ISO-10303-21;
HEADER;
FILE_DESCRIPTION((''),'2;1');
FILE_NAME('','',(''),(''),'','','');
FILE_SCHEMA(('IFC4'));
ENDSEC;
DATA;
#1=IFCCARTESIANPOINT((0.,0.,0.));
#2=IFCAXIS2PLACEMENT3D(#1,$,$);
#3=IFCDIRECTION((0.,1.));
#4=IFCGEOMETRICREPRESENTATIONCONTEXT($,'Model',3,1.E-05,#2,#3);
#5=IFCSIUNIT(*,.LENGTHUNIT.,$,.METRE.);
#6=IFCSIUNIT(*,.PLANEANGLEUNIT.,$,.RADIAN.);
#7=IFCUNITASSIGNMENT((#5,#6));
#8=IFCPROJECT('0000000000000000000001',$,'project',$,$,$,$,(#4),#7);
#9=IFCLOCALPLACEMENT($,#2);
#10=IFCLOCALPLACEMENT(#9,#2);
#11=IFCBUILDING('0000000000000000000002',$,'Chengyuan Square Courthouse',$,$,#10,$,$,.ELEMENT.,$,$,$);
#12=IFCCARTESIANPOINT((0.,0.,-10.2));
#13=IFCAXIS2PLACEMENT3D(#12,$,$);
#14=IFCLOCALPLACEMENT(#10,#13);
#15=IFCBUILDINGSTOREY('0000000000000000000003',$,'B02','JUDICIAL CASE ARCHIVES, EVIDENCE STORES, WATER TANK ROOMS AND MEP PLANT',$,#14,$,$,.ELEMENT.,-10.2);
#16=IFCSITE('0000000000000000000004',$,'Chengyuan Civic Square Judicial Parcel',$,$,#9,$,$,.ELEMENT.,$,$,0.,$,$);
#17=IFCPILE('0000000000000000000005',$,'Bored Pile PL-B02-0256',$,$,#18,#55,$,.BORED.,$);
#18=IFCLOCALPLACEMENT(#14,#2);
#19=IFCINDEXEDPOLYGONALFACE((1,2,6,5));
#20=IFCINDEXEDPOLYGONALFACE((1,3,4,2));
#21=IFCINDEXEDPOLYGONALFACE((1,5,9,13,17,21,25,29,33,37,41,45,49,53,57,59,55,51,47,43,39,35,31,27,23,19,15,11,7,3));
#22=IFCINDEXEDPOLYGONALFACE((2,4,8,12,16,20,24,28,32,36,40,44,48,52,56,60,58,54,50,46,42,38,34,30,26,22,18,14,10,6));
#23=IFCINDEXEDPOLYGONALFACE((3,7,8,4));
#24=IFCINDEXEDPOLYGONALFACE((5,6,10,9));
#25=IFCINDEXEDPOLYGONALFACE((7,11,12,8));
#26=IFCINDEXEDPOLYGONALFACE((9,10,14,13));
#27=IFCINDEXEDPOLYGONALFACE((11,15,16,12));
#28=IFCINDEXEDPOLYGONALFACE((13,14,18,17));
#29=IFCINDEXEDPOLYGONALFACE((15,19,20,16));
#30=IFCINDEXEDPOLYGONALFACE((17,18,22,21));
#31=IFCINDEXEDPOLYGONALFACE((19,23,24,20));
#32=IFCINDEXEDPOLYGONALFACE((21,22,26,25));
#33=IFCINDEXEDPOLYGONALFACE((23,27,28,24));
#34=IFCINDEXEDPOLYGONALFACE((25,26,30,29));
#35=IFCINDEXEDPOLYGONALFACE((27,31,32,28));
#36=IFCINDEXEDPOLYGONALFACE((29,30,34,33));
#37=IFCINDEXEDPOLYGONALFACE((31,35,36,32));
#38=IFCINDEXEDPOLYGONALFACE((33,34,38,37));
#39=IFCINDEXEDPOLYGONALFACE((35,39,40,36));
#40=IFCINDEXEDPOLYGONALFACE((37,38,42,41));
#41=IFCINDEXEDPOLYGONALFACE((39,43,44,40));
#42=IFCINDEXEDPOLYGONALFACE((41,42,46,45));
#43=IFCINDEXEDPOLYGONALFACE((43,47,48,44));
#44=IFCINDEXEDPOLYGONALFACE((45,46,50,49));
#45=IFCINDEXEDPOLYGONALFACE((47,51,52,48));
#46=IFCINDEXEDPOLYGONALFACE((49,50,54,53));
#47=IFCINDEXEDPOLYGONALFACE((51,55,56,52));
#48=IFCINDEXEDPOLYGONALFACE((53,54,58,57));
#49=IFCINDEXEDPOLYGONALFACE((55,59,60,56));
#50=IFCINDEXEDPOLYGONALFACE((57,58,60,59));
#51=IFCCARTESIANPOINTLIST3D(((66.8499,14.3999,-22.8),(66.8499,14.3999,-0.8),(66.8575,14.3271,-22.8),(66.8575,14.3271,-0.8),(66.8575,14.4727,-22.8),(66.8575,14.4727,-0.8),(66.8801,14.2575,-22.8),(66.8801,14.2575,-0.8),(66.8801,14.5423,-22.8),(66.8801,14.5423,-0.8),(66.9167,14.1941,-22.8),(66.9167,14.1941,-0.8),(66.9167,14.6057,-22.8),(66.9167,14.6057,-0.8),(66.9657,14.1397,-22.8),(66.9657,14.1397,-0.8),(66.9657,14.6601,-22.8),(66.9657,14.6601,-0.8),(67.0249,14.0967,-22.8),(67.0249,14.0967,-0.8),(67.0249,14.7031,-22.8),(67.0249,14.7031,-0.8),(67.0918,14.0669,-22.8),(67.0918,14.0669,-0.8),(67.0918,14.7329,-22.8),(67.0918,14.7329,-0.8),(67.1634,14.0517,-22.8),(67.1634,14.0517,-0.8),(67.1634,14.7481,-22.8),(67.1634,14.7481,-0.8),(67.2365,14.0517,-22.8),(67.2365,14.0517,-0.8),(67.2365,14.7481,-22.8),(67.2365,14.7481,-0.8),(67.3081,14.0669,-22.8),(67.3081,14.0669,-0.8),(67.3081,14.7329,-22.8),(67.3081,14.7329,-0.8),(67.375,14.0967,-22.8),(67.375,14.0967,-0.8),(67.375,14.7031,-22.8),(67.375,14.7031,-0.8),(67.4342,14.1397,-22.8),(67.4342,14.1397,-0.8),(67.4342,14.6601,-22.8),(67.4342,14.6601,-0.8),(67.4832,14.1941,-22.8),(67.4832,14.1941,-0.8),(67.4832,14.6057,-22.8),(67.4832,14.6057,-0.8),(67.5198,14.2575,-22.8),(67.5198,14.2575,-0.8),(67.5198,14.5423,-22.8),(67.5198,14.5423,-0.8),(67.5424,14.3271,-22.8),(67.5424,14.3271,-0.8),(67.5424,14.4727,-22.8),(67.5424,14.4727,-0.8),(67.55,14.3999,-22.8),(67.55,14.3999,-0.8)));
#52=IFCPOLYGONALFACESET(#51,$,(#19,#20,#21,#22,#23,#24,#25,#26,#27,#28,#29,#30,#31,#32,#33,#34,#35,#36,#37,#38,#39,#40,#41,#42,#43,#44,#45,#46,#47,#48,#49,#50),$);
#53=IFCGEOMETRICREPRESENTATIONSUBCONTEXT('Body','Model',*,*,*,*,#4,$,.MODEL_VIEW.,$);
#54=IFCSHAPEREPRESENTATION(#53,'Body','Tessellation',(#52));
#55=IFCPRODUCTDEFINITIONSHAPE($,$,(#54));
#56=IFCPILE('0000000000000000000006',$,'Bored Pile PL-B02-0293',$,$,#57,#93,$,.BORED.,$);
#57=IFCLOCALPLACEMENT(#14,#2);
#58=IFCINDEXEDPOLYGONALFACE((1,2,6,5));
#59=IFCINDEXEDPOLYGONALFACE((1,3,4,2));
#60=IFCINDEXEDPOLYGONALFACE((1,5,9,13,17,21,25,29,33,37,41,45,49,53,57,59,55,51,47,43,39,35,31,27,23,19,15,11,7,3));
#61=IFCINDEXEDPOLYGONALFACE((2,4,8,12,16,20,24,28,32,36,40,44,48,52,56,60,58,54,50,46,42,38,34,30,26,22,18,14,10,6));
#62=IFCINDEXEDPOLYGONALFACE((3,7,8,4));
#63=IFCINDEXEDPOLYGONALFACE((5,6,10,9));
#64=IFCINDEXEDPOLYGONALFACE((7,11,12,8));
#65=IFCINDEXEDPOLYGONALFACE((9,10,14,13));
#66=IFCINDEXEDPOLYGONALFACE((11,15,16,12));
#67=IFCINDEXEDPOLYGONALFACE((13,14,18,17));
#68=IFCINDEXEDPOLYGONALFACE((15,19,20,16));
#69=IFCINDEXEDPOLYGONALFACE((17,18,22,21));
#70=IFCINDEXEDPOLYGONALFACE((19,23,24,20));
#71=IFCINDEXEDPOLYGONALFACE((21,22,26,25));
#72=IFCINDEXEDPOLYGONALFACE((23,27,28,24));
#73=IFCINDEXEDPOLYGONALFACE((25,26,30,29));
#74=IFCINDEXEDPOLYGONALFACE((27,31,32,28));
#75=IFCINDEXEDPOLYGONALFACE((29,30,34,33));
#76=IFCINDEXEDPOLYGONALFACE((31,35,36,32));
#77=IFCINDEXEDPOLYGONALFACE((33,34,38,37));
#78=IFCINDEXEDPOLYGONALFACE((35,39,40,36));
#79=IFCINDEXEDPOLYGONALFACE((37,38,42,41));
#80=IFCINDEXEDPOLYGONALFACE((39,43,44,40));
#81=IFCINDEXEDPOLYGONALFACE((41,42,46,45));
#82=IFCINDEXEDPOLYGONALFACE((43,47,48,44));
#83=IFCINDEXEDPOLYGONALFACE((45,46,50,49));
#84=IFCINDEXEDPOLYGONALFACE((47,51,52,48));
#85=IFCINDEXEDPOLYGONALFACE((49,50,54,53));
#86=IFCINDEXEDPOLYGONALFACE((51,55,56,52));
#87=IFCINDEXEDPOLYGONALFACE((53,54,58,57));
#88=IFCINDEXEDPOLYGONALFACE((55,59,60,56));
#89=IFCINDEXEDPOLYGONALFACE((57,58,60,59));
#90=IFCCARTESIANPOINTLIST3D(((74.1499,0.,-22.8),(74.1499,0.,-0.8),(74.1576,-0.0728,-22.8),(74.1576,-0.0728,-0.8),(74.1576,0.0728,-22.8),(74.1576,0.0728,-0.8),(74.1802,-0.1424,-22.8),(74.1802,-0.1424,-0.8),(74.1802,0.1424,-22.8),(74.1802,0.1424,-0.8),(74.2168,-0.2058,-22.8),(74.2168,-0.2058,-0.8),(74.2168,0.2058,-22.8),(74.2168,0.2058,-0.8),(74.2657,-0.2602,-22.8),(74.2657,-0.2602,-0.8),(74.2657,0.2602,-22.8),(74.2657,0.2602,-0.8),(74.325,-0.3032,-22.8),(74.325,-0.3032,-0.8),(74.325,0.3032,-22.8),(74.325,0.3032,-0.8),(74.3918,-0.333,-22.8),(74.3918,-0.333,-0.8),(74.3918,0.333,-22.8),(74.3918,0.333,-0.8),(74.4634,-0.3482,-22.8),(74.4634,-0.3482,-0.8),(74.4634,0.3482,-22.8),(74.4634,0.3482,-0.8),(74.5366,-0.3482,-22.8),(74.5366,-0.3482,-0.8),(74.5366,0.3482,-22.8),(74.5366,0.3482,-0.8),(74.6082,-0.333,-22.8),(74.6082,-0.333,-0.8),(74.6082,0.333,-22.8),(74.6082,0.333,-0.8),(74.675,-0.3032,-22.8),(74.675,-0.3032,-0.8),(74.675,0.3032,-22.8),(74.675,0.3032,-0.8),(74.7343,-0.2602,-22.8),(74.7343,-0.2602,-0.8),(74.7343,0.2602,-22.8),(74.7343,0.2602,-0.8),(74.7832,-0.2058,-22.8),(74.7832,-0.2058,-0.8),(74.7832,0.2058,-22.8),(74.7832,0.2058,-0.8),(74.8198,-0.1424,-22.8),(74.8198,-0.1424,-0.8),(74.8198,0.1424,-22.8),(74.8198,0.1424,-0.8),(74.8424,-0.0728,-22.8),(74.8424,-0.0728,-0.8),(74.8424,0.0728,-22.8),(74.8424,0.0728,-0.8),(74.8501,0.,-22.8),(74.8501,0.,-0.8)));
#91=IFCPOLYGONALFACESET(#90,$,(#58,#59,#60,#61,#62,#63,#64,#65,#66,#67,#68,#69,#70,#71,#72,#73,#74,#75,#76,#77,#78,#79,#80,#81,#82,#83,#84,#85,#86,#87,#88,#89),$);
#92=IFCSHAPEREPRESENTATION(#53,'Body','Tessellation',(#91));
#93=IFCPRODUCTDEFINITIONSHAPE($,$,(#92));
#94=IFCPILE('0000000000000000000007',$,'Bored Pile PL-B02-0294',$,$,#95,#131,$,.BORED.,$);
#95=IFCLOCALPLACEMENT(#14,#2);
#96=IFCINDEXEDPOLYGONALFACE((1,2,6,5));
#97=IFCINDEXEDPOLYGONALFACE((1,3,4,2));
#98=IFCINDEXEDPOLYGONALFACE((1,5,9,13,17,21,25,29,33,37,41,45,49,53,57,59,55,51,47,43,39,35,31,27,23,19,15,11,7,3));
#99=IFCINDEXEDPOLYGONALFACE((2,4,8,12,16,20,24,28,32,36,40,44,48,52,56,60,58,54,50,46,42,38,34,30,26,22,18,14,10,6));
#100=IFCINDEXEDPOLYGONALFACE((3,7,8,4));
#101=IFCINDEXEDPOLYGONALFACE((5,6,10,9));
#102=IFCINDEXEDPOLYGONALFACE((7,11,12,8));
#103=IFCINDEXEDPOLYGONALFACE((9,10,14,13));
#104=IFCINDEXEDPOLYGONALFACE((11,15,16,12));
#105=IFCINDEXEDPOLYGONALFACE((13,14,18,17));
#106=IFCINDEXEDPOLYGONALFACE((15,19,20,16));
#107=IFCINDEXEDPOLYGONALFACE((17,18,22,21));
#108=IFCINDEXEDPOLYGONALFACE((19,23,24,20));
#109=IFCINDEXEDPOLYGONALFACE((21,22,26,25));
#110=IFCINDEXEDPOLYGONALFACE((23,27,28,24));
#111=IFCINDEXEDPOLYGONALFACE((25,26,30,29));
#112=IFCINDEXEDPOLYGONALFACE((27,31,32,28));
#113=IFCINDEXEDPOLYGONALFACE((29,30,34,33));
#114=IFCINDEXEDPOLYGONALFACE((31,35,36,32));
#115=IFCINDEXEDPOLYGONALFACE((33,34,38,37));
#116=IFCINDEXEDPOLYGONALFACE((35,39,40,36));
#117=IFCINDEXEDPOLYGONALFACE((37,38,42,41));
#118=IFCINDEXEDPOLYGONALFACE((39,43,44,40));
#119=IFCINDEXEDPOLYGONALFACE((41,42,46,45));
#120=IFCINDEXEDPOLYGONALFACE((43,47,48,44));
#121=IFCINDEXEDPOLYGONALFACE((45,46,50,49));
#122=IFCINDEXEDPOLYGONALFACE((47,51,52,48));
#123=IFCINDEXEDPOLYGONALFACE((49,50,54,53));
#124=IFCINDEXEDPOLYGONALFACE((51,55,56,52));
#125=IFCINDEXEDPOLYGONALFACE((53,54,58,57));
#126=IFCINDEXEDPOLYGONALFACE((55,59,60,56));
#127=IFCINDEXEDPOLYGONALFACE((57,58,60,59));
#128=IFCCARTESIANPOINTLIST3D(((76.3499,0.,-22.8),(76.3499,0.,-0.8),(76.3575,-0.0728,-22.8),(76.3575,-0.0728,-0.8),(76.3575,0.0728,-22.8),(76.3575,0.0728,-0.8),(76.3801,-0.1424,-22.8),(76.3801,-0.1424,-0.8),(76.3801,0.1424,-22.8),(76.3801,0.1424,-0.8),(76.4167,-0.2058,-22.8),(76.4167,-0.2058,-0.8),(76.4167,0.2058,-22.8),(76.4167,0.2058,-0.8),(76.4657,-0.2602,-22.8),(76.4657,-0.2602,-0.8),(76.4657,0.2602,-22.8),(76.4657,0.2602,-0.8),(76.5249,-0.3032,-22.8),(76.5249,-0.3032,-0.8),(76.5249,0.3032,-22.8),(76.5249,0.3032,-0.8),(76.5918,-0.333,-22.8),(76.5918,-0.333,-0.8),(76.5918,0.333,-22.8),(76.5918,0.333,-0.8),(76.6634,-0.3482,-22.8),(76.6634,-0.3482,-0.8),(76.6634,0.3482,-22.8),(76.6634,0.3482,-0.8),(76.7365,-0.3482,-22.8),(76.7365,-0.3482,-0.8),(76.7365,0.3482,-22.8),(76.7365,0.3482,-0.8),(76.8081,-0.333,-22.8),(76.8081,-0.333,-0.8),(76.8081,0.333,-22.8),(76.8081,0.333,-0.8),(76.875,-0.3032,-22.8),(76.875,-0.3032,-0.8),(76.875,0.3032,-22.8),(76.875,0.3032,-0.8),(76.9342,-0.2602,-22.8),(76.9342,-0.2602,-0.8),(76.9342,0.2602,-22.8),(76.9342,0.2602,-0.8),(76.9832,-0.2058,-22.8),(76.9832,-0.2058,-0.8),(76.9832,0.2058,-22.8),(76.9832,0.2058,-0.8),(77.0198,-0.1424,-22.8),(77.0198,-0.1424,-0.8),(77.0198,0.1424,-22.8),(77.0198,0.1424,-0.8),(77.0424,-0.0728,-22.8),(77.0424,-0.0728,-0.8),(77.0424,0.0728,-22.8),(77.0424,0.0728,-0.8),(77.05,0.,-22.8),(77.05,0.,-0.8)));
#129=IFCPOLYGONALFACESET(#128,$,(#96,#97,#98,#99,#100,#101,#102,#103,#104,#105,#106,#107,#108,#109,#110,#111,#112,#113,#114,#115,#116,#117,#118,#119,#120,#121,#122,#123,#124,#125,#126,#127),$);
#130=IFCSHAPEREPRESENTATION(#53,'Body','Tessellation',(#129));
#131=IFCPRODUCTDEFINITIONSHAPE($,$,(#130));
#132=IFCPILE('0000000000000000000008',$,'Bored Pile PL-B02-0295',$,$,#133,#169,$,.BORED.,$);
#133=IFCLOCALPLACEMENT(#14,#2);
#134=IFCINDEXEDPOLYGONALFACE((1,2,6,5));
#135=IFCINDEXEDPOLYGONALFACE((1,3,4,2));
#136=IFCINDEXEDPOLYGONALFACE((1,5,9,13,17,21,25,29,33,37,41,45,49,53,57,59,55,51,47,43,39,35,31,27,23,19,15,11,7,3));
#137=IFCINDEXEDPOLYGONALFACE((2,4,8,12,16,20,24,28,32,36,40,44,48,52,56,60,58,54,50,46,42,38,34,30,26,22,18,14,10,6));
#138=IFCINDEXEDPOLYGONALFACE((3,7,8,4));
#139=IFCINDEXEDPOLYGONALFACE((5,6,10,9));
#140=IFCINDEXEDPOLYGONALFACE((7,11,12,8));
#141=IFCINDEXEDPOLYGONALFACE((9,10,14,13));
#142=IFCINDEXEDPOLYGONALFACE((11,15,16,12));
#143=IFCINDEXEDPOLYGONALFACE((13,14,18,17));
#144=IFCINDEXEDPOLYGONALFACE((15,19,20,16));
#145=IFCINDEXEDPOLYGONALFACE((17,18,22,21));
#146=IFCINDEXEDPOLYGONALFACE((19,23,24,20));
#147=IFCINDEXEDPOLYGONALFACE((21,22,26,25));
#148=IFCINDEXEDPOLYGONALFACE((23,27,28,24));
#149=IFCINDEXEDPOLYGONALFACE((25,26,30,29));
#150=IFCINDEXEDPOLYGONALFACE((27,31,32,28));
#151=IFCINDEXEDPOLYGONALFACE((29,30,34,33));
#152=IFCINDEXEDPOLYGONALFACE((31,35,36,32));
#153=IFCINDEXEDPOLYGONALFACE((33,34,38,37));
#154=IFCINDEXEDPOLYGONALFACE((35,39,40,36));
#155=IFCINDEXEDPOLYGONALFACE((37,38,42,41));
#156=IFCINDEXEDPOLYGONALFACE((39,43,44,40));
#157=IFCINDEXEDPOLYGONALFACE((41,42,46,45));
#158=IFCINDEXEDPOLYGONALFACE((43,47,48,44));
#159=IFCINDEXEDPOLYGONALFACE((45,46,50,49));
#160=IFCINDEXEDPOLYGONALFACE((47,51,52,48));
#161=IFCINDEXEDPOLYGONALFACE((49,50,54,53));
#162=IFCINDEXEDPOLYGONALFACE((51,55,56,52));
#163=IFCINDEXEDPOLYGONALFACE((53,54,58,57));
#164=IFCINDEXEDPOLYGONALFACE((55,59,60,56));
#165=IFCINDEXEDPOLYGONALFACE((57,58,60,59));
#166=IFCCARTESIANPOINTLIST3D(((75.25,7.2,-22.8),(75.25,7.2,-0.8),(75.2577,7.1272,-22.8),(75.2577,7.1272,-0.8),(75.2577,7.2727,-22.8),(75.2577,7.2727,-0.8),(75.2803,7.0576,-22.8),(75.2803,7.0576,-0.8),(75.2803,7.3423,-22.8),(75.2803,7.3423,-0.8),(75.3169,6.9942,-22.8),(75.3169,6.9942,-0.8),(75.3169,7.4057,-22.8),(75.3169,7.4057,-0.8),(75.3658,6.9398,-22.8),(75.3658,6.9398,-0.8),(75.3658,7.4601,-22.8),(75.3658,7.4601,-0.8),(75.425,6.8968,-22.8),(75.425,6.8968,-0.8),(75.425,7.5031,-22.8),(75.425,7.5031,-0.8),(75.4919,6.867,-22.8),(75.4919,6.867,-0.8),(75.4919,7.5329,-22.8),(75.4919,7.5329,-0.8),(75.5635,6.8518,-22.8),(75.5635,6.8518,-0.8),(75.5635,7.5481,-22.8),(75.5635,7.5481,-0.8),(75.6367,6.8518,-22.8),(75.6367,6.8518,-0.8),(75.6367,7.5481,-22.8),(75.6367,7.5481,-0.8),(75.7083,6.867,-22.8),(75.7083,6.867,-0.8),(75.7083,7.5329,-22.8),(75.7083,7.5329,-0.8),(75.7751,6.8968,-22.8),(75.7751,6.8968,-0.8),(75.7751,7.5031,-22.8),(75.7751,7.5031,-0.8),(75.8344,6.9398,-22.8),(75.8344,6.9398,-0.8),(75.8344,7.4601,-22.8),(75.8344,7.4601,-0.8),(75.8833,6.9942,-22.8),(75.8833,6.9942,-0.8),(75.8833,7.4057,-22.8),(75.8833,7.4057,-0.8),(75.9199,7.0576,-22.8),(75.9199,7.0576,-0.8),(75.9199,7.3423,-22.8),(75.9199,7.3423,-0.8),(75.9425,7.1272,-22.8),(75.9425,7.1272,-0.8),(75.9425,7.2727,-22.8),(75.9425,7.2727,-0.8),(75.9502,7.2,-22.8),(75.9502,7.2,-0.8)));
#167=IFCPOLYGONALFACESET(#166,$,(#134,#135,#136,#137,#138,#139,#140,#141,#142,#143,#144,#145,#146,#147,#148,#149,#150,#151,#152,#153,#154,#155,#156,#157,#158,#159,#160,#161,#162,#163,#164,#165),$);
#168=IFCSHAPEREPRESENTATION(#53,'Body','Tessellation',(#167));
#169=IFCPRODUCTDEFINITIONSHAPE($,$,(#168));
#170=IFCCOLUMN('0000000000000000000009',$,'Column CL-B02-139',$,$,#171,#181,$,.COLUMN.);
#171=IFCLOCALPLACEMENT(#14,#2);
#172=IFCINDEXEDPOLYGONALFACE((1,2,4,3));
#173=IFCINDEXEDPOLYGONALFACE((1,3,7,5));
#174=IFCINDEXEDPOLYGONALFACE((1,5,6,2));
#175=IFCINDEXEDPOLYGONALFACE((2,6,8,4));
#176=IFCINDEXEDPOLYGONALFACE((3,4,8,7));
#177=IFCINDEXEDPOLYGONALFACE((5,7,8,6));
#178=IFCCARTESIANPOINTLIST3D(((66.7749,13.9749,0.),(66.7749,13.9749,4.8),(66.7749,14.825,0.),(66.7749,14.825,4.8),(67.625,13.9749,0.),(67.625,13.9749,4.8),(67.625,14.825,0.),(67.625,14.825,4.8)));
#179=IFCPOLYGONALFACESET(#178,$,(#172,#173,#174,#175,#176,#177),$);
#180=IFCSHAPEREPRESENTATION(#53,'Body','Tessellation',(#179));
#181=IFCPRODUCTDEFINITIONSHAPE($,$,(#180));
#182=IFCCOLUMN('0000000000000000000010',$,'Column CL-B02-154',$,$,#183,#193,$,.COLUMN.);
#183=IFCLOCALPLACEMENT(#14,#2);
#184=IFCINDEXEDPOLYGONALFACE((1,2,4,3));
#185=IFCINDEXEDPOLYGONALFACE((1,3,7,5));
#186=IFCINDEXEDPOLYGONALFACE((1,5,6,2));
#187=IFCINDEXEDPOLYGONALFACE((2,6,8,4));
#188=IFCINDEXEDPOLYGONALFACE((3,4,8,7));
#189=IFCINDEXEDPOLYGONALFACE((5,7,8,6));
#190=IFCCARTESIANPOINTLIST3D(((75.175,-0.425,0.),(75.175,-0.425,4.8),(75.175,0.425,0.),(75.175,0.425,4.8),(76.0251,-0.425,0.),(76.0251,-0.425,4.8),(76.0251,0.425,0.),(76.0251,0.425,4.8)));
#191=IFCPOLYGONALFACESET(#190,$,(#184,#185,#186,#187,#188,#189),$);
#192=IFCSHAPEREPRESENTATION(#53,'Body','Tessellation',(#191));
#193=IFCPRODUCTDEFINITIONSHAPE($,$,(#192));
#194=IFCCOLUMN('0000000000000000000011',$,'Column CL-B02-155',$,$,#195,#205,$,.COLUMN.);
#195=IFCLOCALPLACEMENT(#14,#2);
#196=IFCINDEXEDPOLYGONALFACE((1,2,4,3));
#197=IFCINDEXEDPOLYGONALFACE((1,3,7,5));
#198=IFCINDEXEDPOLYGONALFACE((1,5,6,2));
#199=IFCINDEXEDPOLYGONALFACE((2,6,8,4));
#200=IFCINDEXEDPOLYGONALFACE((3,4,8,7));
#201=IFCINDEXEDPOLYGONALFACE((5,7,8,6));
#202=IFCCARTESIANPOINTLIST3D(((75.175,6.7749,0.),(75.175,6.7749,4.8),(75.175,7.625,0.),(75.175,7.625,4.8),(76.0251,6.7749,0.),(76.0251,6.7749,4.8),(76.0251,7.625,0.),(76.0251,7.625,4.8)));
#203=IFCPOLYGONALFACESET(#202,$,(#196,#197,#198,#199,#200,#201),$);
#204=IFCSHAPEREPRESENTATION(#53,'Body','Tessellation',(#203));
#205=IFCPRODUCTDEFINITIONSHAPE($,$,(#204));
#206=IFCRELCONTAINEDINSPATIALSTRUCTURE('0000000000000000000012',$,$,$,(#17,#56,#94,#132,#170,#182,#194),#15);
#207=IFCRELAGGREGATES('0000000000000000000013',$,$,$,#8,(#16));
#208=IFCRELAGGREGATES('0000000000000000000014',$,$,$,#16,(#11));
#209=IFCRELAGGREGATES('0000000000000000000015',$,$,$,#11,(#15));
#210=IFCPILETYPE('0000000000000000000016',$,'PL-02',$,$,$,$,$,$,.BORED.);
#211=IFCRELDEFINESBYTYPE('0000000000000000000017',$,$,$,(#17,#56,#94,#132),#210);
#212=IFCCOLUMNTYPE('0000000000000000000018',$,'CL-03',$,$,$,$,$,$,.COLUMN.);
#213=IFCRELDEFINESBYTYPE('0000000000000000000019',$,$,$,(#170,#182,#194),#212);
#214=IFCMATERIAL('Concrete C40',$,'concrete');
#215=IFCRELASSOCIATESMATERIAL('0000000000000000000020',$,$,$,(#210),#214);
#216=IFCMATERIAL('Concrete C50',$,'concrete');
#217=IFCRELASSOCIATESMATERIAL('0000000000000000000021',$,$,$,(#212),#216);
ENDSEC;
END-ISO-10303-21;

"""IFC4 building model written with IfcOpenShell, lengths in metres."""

from ifc_helpers import new_model, si_unit, direction, frame, origin, origin_2d, place, context, subcontext, project, spatial, rectangle, circle, extrude, material, material_profile, profile_set, type_object, element, save


model = new_model("IFC4")

# Units and contexts
model_context = context("Model", 3, precision=1e-05, world=origin(), true_north=direction((0.0, 1.0)))
body_context = subcontext(model_context, "Body", "Model", "MODEL_VIEW")
ifc_project = project(units=[si_unit("LENGTHUNIT", "METRE"), si_unit("PLANEANGLEUNIT", "RADIAN")], contexts=[model_context])

# Site, building, storey
site_placement = place(None, origin())
site = spatial("IfcSite", under=ifc_project, at=site_placement, Name="Chengyuan Civic Square Judicial Parcel", CompositionType="ELEMENT", RefElevation=0.0)
building_placement = place(site_placement, origin())
building = spatial("IfcBuilding", under=site, at=building_placement, Name="Chengyuan Square Courthouse", CompositionType="ELEMENT")
storey_placement = place(building_placement, frame((0.0, 0.0, -10.2)))
storey = spatial("IfcBuildingStorey", under=building, at=storey_placement, Name="B02", Description="JUDICIAL CASE ARCHIVES, EVIDENCE STORES, WATER TANK ROOMS AND MEP PLANT", CompositionType="ELEMENT", Elevation=-10.2)

# Shared definitions
ifc_material_1 = material(Name="Concrete C40", Category="concrete")

# Piles
ifc_material_profile_1 = material_profile(ifc_material_1, circle(Radius=0.3501, at=origin_2d()), Name="BORED PILE D700")
ifc_profile_set_1 = profile_set([ifc_material_profile_1], Name="Concrete C40")
pile_type = type_object("IfcPileType", Name="PL-02", PredefinedType="BORED", material=ifc_profile_set_1)
for number, where, z_axis, x_axis, name in (
    (1, (67.2, 14.3999, -0.8), (0.0, 0.0, -1.0), (1.0, 0.0, 0.0), "Bored Pile PL-B02-0256"),
    (2, (74.5, 0.0, -0.8), (0.0, 0.0, -1.0), (1.0, 0.0, 0.0), "Bored Pile PL-B02-0293"),
    (3, (76.7, 0.0, -0.8), (0.0, 0.0, -1.0), (1.0, 0.0, 0.0), "Bored Pile PL-B02-0294"),
    (4, (75.6001, 7.2, -0.8), (0.0, 0.0, -1.0), (1.0, 0.0, 0.0), "Bored Pile PL-B02-0295"),
):
    element("IfcPile", number, at=place(storey_placement, frame(where, z_axis=z_axis, x_axis=x_axis)), inside=storey, type_object=pile_type, Name=name, PredefinedType="BORED", context=body_context, shape_type="SweptSolid", body=[
        extrude(circle(Radius=0.3501, at=origin_2d()), origin(), (0.0, 0.0, 1.0), 22.0),
    ])

# Columns
ifc_material_2 = material(Name="Concrete C50", Category="concrete")
ifc_material_profile_2 = material_profile(ifc_material_2, rectangle(XDim=0.8501, YDim=0.8501, at=origin_2d()), Name="RC-COL-850x850")
ifc_profile_set_2 = profile_set([ifc_material_profile_2], Name="Concrete C50")
column_type = type_object("IfcColumnType", Name="CL-03", PredefinedType="COLUMN", material=ifc_profile_set_2)
for number, where, z_axis, x_axis, name in (
    (5, (67.2, 14.3999, 0.0), (0.0, 0.0, 1.0), (1.0, 0.0, 0.0), "Column CL-B02-139"),
    (6, (75.6001, 0.0, 0.0), (0.0, 0.0, 1.0), (1.0, 0.0, 0.0), "Column CL-B02-154"),
    (7, (75.6001, 7.2, 0.0), (0.0, 0.0, 1.0), (1.0, 0.0, 0.0), "Column CL-B02-155"),
):
    element("IfcColumn", number, at=place(storey_placement, frame(where, z_axis=z_axis, x_axis=x_axis)), inside=storey, type_object=column_type, Name=name, PredefinedType="COLUMN", context=body_context, shape_type="SweptSolid", body=[
        extrude(rectangle(XDim=0.8501, YDim=0.8501, at=origin_2d()), origin(), (0.0, 0.0, 1.0), 4.8),
    ])

save(model, "model.ifc")
